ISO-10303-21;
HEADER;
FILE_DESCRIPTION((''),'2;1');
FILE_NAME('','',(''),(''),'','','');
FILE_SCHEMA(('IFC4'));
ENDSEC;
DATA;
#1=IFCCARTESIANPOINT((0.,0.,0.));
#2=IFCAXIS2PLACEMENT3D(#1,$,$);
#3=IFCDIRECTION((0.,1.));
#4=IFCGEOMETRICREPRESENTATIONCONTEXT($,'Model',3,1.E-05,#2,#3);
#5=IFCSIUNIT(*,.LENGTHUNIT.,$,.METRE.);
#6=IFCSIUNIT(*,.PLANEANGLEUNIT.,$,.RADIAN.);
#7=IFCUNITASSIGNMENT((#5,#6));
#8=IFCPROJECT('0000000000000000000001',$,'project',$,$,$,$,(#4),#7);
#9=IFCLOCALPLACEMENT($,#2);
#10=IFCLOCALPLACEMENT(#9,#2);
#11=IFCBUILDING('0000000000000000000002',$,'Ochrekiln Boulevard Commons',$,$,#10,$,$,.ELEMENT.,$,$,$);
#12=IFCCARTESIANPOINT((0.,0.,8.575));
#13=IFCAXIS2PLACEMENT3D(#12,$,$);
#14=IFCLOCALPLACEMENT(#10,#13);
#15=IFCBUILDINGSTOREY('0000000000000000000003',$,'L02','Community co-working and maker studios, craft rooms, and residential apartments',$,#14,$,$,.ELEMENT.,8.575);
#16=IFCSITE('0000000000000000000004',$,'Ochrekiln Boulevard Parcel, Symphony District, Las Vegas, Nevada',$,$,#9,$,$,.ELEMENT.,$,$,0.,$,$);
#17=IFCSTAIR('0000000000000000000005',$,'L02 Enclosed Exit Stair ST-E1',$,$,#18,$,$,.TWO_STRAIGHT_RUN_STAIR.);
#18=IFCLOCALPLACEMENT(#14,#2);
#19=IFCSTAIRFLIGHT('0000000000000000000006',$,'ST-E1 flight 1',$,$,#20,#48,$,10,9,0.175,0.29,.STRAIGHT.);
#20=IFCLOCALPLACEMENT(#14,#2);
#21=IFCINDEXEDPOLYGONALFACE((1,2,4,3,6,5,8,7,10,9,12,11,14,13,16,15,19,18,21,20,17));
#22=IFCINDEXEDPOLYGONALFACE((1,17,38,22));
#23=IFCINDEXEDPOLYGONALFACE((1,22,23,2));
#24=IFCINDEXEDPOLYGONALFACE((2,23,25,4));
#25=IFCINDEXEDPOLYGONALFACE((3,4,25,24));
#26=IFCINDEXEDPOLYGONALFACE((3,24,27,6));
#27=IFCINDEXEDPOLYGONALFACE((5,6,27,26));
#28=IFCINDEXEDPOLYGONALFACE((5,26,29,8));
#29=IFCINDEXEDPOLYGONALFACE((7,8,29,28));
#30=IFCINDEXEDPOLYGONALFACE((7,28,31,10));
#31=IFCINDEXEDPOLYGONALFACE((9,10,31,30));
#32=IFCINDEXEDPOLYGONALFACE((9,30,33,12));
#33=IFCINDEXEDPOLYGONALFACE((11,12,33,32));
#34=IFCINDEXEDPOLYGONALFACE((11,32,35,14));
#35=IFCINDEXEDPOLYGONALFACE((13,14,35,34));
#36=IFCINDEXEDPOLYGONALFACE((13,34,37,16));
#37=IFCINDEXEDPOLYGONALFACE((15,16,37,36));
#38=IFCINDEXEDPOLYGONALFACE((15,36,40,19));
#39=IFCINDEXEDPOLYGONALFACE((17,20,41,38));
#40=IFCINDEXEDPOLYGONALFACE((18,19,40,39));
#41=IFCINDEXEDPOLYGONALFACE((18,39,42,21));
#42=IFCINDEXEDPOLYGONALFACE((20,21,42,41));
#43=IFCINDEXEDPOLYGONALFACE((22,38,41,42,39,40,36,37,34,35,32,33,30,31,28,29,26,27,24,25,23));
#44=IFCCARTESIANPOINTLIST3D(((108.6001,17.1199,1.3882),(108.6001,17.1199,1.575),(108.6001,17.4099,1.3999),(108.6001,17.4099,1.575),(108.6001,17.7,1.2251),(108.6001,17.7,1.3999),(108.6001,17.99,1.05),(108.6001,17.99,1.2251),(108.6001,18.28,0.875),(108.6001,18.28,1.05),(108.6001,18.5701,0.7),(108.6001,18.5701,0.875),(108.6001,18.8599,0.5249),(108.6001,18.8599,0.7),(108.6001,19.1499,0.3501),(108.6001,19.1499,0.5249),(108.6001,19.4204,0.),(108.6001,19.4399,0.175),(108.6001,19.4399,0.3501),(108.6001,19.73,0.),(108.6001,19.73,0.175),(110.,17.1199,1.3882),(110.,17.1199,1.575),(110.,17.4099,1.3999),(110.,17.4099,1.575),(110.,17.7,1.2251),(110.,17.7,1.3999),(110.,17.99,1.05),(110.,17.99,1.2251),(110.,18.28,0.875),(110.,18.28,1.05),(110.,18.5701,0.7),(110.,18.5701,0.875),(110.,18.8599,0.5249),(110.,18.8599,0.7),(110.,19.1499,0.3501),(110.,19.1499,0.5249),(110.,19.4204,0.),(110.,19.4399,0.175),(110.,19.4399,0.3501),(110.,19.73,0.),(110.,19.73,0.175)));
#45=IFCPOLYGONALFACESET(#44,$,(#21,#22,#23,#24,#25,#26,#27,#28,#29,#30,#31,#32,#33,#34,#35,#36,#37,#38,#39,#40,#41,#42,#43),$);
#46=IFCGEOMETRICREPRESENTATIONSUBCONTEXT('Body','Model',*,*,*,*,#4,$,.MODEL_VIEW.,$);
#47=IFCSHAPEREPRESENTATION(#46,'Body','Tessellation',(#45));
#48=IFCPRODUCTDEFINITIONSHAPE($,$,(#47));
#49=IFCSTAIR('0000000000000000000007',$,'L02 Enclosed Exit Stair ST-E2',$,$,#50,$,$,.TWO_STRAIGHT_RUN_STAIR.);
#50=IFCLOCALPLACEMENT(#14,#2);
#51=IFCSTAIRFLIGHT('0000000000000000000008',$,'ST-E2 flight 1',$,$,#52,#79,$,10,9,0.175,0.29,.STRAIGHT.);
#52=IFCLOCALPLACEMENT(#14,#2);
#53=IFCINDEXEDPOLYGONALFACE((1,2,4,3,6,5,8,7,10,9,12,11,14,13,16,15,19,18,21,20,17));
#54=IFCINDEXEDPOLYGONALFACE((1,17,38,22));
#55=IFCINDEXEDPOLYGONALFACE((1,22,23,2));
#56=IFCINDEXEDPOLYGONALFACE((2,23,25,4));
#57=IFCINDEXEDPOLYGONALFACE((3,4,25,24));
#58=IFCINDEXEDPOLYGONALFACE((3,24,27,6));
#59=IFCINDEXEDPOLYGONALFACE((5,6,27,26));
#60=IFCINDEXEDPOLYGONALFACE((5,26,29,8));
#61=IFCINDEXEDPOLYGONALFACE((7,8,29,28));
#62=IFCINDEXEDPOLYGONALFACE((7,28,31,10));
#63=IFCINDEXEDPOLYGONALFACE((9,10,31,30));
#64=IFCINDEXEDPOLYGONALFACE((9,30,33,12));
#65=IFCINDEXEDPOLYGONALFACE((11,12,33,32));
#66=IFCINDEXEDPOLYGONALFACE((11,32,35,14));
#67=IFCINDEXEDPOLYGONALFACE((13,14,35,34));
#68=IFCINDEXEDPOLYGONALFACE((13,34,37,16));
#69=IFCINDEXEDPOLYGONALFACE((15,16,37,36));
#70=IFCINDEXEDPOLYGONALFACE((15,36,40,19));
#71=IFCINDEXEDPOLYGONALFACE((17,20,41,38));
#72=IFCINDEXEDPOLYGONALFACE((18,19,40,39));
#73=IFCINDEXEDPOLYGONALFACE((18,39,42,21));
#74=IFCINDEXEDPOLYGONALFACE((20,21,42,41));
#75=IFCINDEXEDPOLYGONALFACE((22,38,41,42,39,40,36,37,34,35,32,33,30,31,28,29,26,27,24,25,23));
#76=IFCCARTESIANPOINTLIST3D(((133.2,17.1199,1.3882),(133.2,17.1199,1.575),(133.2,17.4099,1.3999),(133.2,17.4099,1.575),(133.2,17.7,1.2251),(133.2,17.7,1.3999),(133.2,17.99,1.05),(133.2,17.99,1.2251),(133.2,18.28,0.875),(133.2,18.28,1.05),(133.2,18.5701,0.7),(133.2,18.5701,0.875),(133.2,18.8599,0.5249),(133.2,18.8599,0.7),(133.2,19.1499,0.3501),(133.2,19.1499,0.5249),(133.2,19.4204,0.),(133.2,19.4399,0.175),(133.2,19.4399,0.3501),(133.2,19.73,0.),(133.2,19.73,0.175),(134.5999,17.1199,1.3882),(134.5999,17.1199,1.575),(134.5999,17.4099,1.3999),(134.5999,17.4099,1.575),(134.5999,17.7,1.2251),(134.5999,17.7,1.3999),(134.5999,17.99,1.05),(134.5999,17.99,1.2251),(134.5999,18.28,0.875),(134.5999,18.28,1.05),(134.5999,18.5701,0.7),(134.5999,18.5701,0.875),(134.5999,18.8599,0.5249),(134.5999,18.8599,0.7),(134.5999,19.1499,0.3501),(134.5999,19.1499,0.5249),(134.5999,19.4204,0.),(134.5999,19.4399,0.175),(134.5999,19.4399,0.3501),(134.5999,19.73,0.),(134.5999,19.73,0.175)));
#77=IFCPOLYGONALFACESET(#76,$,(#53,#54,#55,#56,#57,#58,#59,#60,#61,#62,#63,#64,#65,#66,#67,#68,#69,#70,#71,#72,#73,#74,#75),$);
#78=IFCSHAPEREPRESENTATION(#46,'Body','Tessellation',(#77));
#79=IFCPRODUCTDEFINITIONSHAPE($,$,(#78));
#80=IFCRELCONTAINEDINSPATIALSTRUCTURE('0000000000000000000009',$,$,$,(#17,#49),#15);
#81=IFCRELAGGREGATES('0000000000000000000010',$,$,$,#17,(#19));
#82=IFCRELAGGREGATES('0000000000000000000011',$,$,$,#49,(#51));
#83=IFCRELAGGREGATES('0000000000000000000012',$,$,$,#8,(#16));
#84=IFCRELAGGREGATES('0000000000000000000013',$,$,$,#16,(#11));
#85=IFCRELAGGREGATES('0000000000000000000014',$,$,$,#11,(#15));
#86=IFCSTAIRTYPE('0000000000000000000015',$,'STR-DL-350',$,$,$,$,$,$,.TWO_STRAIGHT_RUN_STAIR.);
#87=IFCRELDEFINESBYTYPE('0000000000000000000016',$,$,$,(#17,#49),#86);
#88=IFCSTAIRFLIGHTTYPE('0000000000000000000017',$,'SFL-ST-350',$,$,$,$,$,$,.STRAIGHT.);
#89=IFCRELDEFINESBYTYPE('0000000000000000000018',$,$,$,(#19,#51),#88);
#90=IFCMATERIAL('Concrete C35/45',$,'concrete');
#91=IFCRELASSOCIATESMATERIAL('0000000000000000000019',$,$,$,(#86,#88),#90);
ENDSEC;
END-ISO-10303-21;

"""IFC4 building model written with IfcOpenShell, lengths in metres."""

from ifc_helpers import new_model, si_unit, direction, frame, origin, place, context, subcontext, project, spatial, polyline, outline, extrude, material, type_object, element, aggregate, save


model = new_model("IFC4")

# Units and contexts
model_context = context("Model", 3, precision=1e-05, world=origin(), true_north=direction((0.0, 1.0)))
body_context = subcontext(model_context, "Body", "Model", "MODEL_VIEW")
ifc_project = project(units=[si_unit("LENGTHUNIT", "METRE"), si_unit("PLANEANGLEUNIT", "RADIAN")], contexts=[model_context])

# Site, building, storey
site_placement = place(None, origin())
site = spatial("IfcSite", under=ifc_project, at=site_placement, Name="Ochrekiln Boulevard Parcel, Symphony District, Las Vegas, Nevada", CompositionType="ELEMENT", RefElevation=0.0)
building_placement = place(site_placement, origin())
building = spatial("IfcBuilding", under=site, at=building_placement, Name="Ochrekiln Boulevard Commons", CompositionType="ELEMENT")
storey_placement = place(building_placement, frame((0.0, 0.0, 8.575)))
storey = spatial("IfcBuildingStorey", under=building, at=storey_placement, Name="L02", Description="Community co-working and maker studios, craft rooms, and residential apartments", CompositionType="ELEMENT", Elevation=8.575)

# Shared definitions
ifc_material_1 = material(Name="Concrete C35/45", Category="concrete")

# Stairs, stair flights
stair_type = type_object("IfcStairType", Name="STR-DL-350", PredefinedType="TWO_STRAIGHT_RUN_STAIR", material=ifc_material_1)
stair_1_placement = place(storey_placement, origin())
stair_1 = element("IfcStair", 1, at=stair_1_placement, inside=storey, type_object=stair_type, Name="L02 Enclosed Exit Stair ST-E1", PredefinedType="TWO_STRAIGHT_RUN_STAIR")
stair_flight_type = type_object("IfcStairFlightType", Name="SFL-ST-350", PredefinedType="STRAIGHT", material=ifc_material_1)
stair_flight_1_placement = place(storey_placement, frame((109.3, 19.73, 0.0), z_axis=(0.0, 0.0, 1.0), x_axis=(0.0, -1.0, 0.0)))
stair_flight_1 = element("IfcStairFlight", 2, at=stair_flight_1_placement, type_object=stair_flight_type, Name="ST-E1 flight 1", NumberOfRisers=10, NumberOfTreads=9, PredefinedType="STRAIGHT", RiserHeight=0.175, TreadLength=0.29, context=body_context, shape_type="SweptSolid", body=[
    extrude(outline(polyline([(0.0, 0.0), (0.0, 0.175), (0.29, 0.175), (0.29, 0.3501), (0.5801, 0.3501), (0.5801, 0.5249), (0.8701, 0.5249), (0.8701, 0.7), (1.1599, 0.7), (1.1599, 0.875), (1.45, 0.875), (1.45, 1.05), (1.74, 1.05), (1.74, 1.2251), (2.03, 1.2251), (2.03, 1.3999), (2.3201, 1.3999), (2.3201, 1.575), (2.6101, 1.575), (2.6101, 1.75), (2.6101, 1.3882), (0.3096, 0.0), (0.0, 0.0)])), frame((0.0, 0.7, 0.0), z_axis=(0.0, -1.0, 0.0), x_axis=(1.0, 0.0, 0.0)), (0.0, 0.0, 1.0), 1.3999),
])
aggregate(stair_1, [stair_flight_1])
stair_2_placement = place(storey_placement, origin())
stair_2 = element("IfcStair", 3, at=stair_2_placement, inside=storey, type_object=stair_type, Name="L02 Enclosed Exit Stair ST-E2", PredefinedType="TWO_STRAIGHT_RUN_STAIR")
stair_flight_2_placement = place(storey_placement, frame((133.8999, 19.73, 0.0), z_axis=(0.0, 0.0, 1.0), x_axis=(0.0, -1.0, 0.0)))
stair_flight_2 = element("IfcStairFlight", 4, at=stair_flight_2_placement, type_object=stair_flight_type, Name="ST-E2 flight 1", NumberOfRisers=10, NumberOfTreads=9, PredefinedType="STRAIGHT", RiserHeight=0.175, TreadLength=0.29, context=body_context, shape_type="SweptSolid", body=[
    extrude(outline(polyline([(0.0, 0.0), (0.0, 0.175), (0.29, 0.175), (0.29, 0.3501), (0.5801, 0.3501), (0.5801, 0.5249), (0.8701, 0.5249), (0.8701, 0.7), (1.1599, 0.7), (1.1599, 0.875), (1.45, 0.875), (1.45, 1.05), (1.74, 1.05), (1.74, 1.2251), (2.03, 1.2251), (2.03, 1.3999), (2.3201, 1.3999), (2.3201, 1.575), (2.6101, 1.575), (2.6101, 1.75), (2.6101, 1.3882), (0.3096, 0.0), (0.0, 0.0)])), frame((0.0, 0.7, 0.0), z_axis=(0.0, -1.0, 0.0), x_axis=(1.0, 0.0, 0.0)), (0.0, 0.0, 1.0), 1.3999),
])
aggregate(stair_2, [stair_flight_2])

save(model, "model.ifc")
